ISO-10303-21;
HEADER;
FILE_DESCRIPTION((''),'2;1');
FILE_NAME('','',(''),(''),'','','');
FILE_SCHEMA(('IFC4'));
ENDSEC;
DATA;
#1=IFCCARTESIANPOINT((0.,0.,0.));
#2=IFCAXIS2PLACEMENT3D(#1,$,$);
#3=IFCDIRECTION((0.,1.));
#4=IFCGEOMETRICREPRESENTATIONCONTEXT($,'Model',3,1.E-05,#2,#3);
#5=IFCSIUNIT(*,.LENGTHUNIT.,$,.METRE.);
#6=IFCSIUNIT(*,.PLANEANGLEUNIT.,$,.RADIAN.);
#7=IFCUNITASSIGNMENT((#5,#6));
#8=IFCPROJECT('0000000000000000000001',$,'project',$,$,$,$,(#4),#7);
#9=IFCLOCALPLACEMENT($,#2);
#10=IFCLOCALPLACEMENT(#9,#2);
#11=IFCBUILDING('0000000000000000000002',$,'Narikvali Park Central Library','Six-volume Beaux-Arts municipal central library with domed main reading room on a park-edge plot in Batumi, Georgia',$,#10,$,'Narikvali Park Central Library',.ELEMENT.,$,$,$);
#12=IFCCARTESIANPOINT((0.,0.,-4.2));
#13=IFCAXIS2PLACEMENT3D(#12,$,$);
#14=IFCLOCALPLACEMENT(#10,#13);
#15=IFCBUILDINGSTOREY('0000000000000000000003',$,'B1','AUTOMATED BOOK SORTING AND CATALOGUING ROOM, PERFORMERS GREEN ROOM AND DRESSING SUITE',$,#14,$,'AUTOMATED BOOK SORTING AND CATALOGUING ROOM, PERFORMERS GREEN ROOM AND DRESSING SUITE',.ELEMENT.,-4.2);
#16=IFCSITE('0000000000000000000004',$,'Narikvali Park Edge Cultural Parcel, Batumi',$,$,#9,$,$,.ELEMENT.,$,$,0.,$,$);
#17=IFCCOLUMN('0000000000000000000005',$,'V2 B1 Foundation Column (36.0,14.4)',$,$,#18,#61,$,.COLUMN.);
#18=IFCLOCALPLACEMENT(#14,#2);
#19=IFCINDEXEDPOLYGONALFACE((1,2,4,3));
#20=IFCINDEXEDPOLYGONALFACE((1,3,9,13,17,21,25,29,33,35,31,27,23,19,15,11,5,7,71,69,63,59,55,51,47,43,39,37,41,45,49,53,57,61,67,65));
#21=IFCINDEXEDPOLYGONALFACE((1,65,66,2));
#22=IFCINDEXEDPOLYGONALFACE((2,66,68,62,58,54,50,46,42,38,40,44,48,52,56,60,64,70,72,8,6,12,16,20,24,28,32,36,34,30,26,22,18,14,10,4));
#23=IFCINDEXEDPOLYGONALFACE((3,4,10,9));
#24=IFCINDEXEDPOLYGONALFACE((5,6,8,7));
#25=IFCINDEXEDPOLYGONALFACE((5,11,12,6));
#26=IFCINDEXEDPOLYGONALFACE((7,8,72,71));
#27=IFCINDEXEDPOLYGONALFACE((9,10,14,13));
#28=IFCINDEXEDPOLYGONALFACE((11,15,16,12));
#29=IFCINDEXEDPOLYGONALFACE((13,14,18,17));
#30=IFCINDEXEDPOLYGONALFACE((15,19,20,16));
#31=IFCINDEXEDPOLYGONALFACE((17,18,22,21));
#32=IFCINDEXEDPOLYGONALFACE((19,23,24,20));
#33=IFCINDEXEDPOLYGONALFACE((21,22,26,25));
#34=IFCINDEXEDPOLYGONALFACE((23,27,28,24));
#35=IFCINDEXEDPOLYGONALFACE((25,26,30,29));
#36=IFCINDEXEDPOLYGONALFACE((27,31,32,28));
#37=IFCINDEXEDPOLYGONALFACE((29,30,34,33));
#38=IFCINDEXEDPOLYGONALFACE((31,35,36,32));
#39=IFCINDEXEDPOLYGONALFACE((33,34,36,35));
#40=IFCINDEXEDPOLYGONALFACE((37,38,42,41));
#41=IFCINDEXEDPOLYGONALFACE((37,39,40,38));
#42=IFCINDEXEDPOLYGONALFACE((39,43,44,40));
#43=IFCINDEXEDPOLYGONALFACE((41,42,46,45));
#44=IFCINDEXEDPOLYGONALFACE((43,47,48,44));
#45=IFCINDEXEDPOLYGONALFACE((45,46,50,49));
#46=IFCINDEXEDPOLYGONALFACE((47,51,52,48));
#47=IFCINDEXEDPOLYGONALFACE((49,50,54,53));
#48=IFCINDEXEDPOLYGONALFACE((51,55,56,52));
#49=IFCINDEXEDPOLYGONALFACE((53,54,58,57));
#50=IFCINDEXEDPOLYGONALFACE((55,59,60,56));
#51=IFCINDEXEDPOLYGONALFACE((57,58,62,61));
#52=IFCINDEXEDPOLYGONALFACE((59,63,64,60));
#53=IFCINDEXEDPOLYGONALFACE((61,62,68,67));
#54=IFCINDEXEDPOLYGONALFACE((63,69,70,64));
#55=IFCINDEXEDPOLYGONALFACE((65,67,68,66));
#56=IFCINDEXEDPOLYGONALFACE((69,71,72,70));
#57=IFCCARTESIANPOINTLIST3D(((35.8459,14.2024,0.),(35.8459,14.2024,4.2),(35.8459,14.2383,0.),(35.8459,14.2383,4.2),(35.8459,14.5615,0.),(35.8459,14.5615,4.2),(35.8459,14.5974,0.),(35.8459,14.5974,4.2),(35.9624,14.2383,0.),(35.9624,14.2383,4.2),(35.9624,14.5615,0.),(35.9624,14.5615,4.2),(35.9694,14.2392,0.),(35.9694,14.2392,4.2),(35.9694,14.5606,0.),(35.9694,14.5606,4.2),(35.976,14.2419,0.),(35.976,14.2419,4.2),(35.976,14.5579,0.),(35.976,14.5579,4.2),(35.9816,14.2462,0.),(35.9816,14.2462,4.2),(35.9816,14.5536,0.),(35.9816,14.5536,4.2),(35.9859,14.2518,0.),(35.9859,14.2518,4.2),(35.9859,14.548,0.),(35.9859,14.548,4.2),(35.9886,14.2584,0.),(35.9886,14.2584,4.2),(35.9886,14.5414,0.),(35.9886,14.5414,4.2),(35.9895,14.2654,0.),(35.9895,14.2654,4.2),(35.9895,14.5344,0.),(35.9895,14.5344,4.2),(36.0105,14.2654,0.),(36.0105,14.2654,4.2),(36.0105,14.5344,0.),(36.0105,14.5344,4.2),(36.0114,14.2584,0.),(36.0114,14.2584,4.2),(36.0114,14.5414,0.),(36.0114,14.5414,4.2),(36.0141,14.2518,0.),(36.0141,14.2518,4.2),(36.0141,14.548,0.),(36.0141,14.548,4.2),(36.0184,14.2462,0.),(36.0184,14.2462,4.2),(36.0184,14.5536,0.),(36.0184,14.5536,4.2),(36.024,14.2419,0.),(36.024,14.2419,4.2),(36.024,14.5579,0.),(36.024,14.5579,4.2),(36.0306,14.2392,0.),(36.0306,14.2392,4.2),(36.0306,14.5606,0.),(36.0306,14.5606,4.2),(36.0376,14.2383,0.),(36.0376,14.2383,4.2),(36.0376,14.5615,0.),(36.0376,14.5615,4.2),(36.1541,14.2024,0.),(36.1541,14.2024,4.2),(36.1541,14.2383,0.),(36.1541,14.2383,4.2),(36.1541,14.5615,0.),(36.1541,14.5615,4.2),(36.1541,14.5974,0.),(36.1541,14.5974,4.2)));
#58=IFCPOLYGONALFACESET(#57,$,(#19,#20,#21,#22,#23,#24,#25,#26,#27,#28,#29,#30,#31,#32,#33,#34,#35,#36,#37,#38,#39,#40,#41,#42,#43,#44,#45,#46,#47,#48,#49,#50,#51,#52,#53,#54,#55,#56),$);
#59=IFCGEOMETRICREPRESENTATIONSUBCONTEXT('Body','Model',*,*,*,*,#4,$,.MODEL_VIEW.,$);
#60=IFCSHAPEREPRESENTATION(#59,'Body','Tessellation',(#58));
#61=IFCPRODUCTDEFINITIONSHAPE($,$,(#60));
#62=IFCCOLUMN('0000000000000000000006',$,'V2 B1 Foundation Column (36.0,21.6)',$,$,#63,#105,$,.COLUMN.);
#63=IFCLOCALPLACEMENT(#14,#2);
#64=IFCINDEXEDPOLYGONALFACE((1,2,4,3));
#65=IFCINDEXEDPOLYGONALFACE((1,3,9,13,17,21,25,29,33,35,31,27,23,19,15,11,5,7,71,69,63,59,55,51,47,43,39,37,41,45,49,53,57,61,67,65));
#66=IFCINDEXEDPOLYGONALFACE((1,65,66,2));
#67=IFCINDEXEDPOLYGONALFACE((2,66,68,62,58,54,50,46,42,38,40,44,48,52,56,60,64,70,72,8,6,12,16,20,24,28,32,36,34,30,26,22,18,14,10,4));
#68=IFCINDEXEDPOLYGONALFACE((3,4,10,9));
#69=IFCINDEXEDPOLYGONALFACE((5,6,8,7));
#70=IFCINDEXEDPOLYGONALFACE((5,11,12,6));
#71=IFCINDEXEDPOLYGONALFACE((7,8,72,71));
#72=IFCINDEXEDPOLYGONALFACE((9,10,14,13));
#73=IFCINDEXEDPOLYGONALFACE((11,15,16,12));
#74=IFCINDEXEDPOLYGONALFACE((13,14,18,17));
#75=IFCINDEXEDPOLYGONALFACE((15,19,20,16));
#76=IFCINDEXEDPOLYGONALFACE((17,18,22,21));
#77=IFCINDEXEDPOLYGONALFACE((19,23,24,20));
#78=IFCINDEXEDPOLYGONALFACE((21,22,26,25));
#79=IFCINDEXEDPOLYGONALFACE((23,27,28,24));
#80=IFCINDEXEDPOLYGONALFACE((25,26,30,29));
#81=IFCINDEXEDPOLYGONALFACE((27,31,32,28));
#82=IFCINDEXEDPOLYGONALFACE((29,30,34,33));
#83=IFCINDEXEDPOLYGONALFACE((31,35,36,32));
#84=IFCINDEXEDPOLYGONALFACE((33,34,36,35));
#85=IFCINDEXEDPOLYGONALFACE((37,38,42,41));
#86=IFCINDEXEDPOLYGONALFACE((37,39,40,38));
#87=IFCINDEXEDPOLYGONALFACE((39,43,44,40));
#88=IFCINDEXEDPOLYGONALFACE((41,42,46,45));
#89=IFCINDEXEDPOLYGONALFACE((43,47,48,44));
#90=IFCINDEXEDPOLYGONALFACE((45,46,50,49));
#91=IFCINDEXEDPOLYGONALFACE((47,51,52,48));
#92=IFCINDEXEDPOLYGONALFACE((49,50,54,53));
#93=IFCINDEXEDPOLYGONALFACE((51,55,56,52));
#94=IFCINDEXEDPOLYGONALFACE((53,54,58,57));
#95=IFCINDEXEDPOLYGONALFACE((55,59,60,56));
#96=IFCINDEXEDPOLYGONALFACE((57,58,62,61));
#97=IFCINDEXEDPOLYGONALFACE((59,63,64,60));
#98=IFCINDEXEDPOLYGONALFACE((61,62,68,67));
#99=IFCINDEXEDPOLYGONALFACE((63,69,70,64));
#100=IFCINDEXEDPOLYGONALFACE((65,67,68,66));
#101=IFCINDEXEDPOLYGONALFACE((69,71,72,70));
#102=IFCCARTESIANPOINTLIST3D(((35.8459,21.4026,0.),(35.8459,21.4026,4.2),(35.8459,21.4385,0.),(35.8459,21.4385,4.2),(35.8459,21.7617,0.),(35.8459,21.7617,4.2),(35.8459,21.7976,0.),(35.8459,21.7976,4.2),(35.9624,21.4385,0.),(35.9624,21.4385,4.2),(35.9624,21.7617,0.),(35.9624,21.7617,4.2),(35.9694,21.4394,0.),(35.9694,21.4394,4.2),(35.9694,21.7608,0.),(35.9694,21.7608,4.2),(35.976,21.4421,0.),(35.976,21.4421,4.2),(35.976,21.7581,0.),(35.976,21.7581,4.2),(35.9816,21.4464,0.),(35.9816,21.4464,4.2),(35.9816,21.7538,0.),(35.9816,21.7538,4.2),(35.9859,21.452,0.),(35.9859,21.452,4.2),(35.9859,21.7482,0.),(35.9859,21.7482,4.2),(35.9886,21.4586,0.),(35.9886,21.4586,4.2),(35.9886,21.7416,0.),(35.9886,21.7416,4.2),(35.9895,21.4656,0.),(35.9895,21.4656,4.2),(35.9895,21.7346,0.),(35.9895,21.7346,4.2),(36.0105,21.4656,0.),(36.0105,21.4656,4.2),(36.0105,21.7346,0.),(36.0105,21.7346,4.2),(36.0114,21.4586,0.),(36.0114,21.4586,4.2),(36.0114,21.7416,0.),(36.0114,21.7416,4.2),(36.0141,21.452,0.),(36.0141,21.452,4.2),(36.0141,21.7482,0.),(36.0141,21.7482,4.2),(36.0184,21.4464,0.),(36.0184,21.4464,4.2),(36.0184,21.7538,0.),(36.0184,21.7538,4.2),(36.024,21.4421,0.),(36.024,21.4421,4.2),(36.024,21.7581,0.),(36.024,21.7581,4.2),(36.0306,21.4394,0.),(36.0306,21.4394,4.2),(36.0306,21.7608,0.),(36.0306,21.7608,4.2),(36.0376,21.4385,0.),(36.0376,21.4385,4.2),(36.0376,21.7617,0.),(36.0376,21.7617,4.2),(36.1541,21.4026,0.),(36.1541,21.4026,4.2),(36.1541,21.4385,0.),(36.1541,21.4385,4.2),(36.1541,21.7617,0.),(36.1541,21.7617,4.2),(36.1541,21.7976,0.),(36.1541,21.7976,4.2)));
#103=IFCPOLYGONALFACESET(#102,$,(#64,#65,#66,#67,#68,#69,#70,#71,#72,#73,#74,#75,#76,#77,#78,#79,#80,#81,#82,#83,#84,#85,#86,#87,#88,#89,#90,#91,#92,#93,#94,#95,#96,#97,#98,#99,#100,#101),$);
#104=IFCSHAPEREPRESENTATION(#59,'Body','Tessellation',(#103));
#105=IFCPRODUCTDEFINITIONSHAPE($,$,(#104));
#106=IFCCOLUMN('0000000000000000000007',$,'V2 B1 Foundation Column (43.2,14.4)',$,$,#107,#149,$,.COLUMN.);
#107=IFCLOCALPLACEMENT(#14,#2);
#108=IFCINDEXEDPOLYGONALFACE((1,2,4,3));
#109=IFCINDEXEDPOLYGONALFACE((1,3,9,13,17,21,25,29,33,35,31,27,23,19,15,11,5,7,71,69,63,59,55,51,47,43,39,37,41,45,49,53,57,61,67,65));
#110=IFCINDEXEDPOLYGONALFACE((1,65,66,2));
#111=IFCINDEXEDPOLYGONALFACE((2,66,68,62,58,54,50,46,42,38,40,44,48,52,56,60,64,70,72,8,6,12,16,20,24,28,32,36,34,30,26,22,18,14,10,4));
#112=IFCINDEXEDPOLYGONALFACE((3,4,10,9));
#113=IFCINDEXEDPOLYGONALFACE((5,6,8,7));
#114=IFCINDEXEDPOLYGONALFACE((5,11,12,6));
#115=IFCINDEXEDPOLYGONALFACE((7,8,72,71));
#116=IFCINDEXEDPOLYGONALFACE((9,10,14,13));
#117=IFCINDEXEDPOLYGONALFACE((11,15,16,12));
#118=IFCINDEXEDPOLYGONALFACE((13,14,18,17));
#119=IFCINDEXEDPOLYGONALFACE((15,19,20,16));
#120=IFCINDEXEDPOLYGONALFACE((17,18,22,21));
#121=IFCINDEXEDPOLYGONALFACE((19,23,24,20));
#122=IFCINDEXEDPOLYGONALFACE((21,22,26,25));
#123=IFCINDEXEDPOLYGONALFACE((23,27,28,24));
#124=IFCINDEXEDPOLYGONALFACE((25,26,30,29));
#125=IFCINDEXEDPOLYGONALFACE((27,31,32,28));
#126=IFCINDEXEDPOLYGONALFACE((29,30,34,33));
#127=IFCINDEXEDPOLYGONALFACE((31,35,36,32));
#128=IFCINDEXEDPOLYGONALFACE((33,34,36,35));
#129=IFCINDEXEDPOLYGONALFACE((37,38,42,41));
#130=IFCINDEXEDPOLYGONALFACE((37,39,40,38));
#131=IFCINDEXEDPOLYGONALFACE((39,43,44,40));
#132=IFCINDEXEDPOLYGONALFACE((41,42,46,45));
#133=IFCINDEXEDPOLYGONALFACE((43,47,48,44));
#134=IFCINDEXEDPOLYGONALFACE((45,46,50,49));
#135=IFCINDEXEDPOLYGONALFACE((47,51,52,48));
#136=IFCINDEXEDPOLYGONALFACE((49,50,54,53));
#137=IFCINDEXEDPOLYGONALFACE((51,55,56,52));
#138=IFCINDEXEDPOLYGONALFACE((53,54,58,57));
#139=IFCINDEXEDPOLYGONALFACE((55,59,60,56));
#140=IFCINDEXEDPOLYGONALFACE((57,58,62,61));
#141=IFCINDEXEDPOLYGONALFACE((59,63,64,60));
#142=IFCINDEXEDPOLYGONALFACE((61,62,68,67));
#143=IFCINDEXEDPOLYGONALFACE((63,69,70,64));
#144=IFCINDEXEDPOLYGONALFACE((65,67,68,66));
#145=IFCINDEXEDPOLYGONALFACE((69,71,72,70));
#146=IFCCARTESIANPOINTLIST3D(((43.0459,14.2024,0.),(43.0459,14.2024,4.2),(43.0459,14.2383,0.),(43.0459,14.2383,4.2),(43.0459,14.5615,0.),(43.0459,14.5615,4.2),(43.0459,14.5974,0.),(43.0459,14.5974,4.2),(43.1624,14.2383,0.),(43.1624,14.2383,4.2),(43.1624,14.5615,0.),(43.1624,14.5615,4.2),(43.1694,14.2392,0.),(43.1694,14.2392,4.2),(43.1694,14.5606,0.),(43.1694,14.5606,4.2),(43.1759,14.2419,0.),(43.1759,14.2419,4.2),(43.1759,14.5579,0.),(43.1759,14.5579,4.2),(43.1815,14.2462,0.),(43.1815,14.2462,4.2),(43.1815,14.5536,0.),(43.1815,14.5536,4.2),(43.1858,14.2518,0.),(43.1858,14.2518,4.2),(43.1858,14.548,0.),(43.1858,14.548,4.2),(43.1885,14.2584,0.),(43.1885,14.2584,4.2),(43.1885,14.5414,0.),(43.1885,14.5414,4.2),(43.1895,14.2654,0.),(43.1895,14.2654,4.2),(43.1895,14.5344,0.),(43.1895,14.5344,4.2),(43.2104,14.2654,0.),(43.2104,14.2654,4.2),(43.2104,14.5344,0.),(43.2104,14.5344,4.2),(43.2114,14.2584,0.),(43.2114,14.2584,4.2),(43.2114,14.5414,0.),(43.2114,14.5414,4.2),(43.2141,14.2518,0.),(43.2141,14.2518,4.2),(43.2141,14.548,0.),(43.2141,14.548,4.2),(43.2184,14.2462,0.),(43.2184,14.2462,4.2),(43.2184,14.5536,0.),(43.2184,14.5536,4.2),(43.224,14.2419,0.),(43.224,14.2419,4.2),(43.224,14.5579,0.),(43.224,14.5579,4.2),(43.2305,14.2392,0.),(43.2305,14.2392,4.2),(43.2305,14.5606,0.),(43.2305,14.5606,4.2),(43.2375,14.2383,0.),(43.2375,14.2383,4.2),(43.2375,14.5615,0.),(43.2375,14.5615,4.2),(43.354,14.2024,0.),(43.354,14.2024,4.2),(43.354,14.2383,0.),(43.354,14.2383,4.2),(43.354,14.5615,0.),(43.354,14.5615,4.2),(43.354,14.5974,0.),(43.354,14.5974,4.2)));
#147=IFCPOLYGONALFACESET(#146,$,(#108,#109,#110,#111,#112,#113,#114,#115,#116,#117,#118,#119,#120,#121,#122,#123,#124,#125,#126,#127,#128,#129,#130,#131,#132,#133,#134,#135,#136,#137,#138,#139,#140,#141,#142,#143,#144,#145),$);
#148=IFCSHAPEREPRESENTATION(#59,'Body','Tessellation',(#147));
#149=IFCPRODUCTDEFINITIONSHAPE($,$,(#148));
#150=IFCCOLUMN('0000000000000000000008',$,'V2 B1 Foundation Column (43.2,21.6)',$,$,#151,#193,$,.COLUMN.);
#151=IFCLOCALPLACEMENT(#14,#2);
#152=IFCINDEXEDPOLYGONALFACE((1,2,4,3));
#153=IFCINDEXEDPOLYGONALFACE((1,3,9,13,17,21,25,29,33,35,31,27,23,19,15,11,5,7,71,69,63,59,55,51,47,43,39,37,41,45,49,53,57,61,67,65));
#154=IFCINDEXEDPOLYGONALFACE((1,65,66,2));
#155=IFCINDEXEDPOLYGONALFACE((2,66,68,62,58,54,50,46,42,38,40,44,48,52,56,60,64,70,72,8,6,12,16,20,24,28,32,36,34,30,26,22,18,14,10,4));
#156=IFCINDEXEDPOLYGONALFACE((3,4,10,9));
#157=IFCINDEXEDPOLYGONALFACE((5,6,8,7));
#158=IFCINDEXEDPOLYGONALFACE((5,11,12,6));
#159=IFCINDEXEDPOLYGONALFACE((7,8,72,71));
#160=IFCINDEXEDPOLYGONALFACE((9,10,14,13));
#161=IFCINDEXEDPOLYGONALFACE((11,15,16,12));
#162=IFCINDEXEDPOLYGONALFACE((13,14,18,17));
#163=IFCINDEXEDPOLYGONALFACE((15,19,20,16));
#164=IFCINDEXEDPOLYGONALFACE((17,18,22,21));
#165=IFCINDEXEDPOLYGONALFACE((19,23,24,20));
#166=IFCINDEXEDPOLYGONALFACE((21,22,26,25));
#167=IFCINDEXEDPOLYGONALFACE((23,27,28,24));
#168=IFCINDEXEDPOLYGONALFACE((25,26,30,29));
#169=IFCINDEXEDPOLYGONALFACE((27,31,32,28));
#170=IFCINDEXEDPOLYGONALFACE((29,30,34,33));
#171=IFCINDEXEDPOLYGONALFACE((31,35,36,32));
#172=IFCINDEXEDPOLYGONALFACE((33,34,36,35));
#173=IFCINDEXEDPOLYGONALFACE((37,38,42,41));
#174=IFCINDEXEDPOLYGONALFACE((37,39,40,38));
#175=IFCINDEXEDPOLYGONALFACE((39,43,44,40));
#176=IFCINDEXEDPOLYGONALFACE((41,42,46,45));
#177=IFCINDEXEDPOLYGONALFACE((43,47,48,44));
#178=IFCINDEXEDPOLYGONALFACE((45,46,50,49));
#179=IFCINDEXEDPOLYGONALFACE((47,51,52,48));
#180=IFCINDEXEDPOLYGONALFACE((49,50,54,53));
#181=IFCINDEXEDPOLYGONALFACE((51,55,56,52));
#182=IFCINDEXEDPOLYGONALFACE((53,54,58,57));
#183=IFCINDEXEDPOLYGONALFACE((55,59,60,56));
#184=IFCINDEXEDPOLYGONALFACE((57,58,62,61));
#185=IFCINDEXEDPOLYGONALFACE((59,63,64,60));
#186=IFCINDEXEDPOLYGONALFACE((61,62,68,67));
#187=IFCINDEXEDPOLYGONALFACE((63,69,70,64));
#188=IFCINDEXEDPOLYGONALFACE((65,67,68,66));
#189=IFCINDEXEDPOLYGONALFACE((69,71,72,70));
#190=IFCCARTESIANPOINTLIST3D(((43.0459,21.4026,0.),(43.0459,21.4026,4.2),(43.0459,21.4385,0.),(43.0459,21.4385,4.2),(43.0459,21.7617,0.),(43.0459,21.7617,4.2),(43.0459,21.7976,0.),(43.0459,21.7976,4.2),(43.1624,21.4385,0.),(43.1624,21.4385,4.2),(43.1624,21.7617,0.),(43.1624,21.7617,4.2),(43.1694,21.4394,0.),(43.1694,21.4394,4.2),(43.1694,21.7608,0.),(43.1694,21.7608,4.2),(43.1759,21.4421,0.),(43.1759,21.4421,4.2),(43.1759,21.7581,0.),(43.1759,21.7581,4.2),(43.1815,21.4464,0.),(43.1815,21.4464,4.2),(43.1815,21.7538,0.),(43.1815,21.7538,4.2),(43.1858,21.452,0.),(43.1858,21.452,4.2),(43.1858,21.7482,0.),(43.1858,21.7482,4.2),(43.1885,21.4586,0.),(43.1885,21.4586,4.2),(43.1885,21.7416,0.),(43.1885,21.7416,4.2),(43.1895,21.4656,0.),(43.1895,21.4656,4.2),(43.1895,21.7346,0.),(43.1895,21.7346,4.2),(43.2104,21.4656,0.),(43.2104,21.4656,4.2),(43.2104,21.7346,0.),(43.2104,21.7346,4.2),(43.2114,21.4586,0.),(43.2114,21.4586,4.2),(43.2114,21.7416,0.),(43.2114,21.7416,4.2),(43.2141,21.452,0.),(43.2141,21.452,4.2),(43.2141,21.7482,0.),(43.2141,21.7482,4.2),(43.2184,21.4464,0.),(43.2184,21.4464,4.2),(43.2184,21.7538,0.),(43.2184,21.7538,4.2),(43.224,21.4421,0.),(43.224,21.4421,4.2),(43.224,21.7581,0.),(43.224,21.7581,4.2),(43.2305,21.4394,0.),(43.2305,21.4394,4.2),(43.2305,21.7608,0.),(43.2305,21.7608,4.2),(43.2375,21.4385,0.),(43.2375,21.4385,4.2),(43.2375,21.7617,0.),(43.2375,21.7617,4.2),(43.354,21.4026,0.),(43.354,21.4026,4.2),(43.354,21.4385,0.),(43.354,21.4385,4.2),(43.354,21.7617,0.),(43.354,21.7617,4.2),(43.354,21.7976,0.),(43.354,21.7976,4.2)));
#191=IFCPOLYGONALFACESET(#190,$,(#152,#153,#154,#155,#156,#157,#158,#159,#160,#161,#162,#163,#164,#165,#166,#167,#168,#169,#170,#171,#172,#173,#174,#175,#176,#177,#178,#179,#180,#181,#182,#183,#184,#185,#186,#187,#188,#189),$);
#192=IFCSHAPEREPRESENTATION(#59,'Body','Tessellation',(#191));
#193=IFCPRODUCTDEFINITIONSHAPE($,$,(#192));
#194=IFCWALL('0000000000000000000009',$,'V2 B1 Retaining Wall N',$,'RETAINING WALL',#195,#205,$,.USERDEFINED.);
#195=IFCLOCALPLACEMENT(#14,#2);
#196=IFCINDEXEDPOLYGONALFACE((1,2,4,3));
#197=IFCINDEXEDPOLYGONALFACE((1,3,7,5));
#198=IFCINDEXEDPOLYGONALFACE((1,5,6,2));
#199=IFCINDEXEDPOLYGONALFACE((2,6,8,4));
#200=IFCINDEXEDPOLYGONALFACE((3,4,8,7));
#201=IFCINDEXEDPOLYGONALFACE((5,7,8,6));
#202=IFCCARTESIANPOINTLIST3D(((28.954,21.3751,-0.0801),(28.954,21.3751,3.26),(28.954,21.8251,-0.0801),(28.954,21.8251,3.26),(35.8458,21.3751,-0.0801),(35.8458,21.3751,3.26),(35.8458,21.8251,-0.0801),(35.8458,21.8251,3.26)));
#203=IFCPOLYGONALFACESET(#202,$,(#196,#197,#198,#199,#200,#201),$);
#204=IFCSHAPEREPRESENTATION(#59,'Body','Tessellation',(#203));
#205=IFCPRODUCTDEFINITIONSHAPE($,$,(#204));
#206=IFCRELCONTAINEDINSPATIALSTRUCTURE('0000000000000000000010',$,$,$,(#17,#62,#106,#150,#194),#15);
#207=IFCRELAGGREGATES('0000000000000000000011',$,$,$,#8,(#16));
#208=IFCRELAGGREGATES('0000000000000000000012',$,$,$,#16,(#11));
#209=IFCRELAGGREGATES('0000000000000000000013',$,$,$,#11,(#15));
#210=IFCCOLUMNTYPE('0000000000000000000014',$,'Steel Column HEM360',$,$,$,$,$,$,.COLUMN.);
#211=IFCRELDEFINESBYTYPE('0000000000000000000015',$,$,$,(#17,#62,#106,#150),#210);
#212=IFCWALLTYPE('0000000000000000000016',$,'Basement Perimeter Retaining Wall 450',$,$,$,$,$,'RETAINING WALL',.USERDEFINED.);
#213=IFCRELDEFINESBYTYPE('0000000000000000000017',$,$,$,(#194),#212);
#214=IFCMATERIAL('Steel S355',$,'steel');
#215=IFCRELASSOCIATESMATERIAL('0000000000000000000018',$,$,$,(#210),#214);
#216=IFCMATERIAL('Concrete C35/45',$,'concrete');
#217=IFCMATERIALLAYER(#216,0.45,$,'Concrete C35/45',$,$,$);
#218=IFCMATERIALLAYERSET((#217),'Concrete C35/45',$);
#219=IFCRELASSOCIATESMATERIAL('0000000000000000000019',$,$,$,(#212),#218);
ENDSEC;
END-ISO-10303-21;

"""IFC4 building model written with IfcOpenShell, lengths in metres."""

from ifc_helpers import new_model, si_unit, direction, frame, frame_2d, origin, origin_2d, place, context, subcontext, project, spatial, rectangle, i_section, extrude, material, layer, layer_set, material_profile, profile_set, type_object, element, save


model = new_model("IFC4")

# Units and contexts
model_context = context("Model", 3, precision=1e-05, world=origin(), true_north=direction((0.0, 1.0)))
body_context = subcontext(model_context, "Body", "Model", "MODEL_VIEW")
ifc_project = project(units=[si_unit("LENGTHUNIT", "METRE"), si_unit("PLANEANGLEUNIT", "RADIAN")], contexts=[model_context])

# Site, building, storey
site_placement = place(None, origin())
site = spatial("IfcSite", under=ifc_project, at=site_placement, Name="Narikvali Park Edge Cultural Parcel, Batumi", CompositionType="ELEMENT", RefElevation=0.0)
building_placement = place(site_placement, origin())
building = spatial("IfcBuilding", under=site, at=building_placement, Name="Narikvali Park Central Library", Description="Six-volume Beaux-Arts municipal central library with domed main reading room on a park-edge plot in Batumi, Georgia", LongName="Narikvali Park Central Library", CompositionType="ELEMENT")
storey_placement = place(building_placement, frame((0.0, 0.0, -4.2)))
storey = spatial("IfcBuildingStorey", under=building, at=storey_placement, Name="B1", Description="AUTOMATED BOOK SORTING AND CATALOGUING ROOM, PERFORMERS GREEN ROOM AND DRESSING SUITE", LongName="AUTOMATED BOOK SORTING AND CATALOGUING ROOM, PERFORMERS GREEN ROOM AND DRESSING SUITE", CompositionType="ELEMENT", Elevation=-4.2)

# Shared definitions
ifc_material_1 = material(Name="Concrete C35/45", Category="concrete")

# Columns
ifc_material_2 = material(Name="Steel S355", Category="steel")
ifc_material_profile_1 = material_profile(ifc_material_2, i_section(OverallWidth=0.3081, OverallDepth=0.395, WebThickness=0.021, FlangeThickness=0.0359, FilletRadius=0.0271, at=origin_2d()), Name="HEM 360")
ifc_profile_set_1 = profile_set([ifc_material_profile_1], Name="Steel S355")
column_type = type_object("IfcColumnType", Name="Steel Column HEM360", PredefinedType="COLUMN", material=ifc_profile_set_1)
for number, where, z_axis, x_axis, name in (
    (1, (36.0, 14.3999, 0.0), (0.0, 0.0, 1.0), (1.0, 0.0, 0.0), "V2 B1 Foundation Column (36.0,14.4)"),
    (2, (36.0, 21.6001, 0.0), (0.0, 0.0, 1.0), (1.0, 0.0, 0.0), "V2 B1 Foundation Column (36.0,21.6)"),
    (3, (43.2, 14.3999, 0.0), (0.0, 0.0, 1.0), (1.0, 0.0, 0.0), "V2 B1 Foundation Column (43.2,14.4)"),
    (4, (43.2, 21.6001, 0.0), (0.0, 0.0, 1.0), (1.0, 0.0, 0.0), "V2 B1 Foundation Column (43.2,21.6)"),
):
    element("IfcColumn", number, at=place(storey_placement, frame(where, z_axis=z_axis, x_axis=x_axis)), inside=storey, type_object=column_type, Name=name, PredefinedType="COLUMN", context=body_context, shape_type="SweptSolid", body=[
        extrude(i_section(OverallWidth=0.3081, OverallDepth=0.395, WebThickness=0.021, FlangeThickness=0.0359, FilletRadius=0.0271, at=origin_2d()), origin(), (0.0, 0.0, 1.0), 4.2),
    ])

# Wall
ifc_layer_1 = layer(ifc_material_1, 0.45, Name="Concrete C35/45")
ifc_layer_set_1 = layer_set([ifc_layer_1], Name="Concrete C35/45")
wall_type = type_object("IfcWallType", Name="Basement Perimeter Retaining Wall 450", ElementType="RETAINING WALL", PredefinedType="USERDEFINED", material=ifc_layer_set_1)
for number, where, z_axis, x_axis, name in (
    (5, (28.9541, 21.6001, -0.0801), (0.0, 0.0, 1.0), (1.0, 0.0, 0.0), "V2 B1 Retaining Wall N"),
):
    element("IfcWall", number, at=place(storey_placement, frame(where, z_axis=z_axis, x_axis=x_axis)), inside=storey, type_object=wall_type, Name=name, ObjectType="RETAINING WALL", PredefinedType="USERDEFINED", context=body_context, shape_type="SweptSolid", body=[
        extrude(rectangle(XDim=6.8918, YDim=0.45, at=frame_2d((3.4458, 0.0))), origin(), (0.0, 0.0, 1.0), 3.3401),
    ])

save(model, "model.ifc")
